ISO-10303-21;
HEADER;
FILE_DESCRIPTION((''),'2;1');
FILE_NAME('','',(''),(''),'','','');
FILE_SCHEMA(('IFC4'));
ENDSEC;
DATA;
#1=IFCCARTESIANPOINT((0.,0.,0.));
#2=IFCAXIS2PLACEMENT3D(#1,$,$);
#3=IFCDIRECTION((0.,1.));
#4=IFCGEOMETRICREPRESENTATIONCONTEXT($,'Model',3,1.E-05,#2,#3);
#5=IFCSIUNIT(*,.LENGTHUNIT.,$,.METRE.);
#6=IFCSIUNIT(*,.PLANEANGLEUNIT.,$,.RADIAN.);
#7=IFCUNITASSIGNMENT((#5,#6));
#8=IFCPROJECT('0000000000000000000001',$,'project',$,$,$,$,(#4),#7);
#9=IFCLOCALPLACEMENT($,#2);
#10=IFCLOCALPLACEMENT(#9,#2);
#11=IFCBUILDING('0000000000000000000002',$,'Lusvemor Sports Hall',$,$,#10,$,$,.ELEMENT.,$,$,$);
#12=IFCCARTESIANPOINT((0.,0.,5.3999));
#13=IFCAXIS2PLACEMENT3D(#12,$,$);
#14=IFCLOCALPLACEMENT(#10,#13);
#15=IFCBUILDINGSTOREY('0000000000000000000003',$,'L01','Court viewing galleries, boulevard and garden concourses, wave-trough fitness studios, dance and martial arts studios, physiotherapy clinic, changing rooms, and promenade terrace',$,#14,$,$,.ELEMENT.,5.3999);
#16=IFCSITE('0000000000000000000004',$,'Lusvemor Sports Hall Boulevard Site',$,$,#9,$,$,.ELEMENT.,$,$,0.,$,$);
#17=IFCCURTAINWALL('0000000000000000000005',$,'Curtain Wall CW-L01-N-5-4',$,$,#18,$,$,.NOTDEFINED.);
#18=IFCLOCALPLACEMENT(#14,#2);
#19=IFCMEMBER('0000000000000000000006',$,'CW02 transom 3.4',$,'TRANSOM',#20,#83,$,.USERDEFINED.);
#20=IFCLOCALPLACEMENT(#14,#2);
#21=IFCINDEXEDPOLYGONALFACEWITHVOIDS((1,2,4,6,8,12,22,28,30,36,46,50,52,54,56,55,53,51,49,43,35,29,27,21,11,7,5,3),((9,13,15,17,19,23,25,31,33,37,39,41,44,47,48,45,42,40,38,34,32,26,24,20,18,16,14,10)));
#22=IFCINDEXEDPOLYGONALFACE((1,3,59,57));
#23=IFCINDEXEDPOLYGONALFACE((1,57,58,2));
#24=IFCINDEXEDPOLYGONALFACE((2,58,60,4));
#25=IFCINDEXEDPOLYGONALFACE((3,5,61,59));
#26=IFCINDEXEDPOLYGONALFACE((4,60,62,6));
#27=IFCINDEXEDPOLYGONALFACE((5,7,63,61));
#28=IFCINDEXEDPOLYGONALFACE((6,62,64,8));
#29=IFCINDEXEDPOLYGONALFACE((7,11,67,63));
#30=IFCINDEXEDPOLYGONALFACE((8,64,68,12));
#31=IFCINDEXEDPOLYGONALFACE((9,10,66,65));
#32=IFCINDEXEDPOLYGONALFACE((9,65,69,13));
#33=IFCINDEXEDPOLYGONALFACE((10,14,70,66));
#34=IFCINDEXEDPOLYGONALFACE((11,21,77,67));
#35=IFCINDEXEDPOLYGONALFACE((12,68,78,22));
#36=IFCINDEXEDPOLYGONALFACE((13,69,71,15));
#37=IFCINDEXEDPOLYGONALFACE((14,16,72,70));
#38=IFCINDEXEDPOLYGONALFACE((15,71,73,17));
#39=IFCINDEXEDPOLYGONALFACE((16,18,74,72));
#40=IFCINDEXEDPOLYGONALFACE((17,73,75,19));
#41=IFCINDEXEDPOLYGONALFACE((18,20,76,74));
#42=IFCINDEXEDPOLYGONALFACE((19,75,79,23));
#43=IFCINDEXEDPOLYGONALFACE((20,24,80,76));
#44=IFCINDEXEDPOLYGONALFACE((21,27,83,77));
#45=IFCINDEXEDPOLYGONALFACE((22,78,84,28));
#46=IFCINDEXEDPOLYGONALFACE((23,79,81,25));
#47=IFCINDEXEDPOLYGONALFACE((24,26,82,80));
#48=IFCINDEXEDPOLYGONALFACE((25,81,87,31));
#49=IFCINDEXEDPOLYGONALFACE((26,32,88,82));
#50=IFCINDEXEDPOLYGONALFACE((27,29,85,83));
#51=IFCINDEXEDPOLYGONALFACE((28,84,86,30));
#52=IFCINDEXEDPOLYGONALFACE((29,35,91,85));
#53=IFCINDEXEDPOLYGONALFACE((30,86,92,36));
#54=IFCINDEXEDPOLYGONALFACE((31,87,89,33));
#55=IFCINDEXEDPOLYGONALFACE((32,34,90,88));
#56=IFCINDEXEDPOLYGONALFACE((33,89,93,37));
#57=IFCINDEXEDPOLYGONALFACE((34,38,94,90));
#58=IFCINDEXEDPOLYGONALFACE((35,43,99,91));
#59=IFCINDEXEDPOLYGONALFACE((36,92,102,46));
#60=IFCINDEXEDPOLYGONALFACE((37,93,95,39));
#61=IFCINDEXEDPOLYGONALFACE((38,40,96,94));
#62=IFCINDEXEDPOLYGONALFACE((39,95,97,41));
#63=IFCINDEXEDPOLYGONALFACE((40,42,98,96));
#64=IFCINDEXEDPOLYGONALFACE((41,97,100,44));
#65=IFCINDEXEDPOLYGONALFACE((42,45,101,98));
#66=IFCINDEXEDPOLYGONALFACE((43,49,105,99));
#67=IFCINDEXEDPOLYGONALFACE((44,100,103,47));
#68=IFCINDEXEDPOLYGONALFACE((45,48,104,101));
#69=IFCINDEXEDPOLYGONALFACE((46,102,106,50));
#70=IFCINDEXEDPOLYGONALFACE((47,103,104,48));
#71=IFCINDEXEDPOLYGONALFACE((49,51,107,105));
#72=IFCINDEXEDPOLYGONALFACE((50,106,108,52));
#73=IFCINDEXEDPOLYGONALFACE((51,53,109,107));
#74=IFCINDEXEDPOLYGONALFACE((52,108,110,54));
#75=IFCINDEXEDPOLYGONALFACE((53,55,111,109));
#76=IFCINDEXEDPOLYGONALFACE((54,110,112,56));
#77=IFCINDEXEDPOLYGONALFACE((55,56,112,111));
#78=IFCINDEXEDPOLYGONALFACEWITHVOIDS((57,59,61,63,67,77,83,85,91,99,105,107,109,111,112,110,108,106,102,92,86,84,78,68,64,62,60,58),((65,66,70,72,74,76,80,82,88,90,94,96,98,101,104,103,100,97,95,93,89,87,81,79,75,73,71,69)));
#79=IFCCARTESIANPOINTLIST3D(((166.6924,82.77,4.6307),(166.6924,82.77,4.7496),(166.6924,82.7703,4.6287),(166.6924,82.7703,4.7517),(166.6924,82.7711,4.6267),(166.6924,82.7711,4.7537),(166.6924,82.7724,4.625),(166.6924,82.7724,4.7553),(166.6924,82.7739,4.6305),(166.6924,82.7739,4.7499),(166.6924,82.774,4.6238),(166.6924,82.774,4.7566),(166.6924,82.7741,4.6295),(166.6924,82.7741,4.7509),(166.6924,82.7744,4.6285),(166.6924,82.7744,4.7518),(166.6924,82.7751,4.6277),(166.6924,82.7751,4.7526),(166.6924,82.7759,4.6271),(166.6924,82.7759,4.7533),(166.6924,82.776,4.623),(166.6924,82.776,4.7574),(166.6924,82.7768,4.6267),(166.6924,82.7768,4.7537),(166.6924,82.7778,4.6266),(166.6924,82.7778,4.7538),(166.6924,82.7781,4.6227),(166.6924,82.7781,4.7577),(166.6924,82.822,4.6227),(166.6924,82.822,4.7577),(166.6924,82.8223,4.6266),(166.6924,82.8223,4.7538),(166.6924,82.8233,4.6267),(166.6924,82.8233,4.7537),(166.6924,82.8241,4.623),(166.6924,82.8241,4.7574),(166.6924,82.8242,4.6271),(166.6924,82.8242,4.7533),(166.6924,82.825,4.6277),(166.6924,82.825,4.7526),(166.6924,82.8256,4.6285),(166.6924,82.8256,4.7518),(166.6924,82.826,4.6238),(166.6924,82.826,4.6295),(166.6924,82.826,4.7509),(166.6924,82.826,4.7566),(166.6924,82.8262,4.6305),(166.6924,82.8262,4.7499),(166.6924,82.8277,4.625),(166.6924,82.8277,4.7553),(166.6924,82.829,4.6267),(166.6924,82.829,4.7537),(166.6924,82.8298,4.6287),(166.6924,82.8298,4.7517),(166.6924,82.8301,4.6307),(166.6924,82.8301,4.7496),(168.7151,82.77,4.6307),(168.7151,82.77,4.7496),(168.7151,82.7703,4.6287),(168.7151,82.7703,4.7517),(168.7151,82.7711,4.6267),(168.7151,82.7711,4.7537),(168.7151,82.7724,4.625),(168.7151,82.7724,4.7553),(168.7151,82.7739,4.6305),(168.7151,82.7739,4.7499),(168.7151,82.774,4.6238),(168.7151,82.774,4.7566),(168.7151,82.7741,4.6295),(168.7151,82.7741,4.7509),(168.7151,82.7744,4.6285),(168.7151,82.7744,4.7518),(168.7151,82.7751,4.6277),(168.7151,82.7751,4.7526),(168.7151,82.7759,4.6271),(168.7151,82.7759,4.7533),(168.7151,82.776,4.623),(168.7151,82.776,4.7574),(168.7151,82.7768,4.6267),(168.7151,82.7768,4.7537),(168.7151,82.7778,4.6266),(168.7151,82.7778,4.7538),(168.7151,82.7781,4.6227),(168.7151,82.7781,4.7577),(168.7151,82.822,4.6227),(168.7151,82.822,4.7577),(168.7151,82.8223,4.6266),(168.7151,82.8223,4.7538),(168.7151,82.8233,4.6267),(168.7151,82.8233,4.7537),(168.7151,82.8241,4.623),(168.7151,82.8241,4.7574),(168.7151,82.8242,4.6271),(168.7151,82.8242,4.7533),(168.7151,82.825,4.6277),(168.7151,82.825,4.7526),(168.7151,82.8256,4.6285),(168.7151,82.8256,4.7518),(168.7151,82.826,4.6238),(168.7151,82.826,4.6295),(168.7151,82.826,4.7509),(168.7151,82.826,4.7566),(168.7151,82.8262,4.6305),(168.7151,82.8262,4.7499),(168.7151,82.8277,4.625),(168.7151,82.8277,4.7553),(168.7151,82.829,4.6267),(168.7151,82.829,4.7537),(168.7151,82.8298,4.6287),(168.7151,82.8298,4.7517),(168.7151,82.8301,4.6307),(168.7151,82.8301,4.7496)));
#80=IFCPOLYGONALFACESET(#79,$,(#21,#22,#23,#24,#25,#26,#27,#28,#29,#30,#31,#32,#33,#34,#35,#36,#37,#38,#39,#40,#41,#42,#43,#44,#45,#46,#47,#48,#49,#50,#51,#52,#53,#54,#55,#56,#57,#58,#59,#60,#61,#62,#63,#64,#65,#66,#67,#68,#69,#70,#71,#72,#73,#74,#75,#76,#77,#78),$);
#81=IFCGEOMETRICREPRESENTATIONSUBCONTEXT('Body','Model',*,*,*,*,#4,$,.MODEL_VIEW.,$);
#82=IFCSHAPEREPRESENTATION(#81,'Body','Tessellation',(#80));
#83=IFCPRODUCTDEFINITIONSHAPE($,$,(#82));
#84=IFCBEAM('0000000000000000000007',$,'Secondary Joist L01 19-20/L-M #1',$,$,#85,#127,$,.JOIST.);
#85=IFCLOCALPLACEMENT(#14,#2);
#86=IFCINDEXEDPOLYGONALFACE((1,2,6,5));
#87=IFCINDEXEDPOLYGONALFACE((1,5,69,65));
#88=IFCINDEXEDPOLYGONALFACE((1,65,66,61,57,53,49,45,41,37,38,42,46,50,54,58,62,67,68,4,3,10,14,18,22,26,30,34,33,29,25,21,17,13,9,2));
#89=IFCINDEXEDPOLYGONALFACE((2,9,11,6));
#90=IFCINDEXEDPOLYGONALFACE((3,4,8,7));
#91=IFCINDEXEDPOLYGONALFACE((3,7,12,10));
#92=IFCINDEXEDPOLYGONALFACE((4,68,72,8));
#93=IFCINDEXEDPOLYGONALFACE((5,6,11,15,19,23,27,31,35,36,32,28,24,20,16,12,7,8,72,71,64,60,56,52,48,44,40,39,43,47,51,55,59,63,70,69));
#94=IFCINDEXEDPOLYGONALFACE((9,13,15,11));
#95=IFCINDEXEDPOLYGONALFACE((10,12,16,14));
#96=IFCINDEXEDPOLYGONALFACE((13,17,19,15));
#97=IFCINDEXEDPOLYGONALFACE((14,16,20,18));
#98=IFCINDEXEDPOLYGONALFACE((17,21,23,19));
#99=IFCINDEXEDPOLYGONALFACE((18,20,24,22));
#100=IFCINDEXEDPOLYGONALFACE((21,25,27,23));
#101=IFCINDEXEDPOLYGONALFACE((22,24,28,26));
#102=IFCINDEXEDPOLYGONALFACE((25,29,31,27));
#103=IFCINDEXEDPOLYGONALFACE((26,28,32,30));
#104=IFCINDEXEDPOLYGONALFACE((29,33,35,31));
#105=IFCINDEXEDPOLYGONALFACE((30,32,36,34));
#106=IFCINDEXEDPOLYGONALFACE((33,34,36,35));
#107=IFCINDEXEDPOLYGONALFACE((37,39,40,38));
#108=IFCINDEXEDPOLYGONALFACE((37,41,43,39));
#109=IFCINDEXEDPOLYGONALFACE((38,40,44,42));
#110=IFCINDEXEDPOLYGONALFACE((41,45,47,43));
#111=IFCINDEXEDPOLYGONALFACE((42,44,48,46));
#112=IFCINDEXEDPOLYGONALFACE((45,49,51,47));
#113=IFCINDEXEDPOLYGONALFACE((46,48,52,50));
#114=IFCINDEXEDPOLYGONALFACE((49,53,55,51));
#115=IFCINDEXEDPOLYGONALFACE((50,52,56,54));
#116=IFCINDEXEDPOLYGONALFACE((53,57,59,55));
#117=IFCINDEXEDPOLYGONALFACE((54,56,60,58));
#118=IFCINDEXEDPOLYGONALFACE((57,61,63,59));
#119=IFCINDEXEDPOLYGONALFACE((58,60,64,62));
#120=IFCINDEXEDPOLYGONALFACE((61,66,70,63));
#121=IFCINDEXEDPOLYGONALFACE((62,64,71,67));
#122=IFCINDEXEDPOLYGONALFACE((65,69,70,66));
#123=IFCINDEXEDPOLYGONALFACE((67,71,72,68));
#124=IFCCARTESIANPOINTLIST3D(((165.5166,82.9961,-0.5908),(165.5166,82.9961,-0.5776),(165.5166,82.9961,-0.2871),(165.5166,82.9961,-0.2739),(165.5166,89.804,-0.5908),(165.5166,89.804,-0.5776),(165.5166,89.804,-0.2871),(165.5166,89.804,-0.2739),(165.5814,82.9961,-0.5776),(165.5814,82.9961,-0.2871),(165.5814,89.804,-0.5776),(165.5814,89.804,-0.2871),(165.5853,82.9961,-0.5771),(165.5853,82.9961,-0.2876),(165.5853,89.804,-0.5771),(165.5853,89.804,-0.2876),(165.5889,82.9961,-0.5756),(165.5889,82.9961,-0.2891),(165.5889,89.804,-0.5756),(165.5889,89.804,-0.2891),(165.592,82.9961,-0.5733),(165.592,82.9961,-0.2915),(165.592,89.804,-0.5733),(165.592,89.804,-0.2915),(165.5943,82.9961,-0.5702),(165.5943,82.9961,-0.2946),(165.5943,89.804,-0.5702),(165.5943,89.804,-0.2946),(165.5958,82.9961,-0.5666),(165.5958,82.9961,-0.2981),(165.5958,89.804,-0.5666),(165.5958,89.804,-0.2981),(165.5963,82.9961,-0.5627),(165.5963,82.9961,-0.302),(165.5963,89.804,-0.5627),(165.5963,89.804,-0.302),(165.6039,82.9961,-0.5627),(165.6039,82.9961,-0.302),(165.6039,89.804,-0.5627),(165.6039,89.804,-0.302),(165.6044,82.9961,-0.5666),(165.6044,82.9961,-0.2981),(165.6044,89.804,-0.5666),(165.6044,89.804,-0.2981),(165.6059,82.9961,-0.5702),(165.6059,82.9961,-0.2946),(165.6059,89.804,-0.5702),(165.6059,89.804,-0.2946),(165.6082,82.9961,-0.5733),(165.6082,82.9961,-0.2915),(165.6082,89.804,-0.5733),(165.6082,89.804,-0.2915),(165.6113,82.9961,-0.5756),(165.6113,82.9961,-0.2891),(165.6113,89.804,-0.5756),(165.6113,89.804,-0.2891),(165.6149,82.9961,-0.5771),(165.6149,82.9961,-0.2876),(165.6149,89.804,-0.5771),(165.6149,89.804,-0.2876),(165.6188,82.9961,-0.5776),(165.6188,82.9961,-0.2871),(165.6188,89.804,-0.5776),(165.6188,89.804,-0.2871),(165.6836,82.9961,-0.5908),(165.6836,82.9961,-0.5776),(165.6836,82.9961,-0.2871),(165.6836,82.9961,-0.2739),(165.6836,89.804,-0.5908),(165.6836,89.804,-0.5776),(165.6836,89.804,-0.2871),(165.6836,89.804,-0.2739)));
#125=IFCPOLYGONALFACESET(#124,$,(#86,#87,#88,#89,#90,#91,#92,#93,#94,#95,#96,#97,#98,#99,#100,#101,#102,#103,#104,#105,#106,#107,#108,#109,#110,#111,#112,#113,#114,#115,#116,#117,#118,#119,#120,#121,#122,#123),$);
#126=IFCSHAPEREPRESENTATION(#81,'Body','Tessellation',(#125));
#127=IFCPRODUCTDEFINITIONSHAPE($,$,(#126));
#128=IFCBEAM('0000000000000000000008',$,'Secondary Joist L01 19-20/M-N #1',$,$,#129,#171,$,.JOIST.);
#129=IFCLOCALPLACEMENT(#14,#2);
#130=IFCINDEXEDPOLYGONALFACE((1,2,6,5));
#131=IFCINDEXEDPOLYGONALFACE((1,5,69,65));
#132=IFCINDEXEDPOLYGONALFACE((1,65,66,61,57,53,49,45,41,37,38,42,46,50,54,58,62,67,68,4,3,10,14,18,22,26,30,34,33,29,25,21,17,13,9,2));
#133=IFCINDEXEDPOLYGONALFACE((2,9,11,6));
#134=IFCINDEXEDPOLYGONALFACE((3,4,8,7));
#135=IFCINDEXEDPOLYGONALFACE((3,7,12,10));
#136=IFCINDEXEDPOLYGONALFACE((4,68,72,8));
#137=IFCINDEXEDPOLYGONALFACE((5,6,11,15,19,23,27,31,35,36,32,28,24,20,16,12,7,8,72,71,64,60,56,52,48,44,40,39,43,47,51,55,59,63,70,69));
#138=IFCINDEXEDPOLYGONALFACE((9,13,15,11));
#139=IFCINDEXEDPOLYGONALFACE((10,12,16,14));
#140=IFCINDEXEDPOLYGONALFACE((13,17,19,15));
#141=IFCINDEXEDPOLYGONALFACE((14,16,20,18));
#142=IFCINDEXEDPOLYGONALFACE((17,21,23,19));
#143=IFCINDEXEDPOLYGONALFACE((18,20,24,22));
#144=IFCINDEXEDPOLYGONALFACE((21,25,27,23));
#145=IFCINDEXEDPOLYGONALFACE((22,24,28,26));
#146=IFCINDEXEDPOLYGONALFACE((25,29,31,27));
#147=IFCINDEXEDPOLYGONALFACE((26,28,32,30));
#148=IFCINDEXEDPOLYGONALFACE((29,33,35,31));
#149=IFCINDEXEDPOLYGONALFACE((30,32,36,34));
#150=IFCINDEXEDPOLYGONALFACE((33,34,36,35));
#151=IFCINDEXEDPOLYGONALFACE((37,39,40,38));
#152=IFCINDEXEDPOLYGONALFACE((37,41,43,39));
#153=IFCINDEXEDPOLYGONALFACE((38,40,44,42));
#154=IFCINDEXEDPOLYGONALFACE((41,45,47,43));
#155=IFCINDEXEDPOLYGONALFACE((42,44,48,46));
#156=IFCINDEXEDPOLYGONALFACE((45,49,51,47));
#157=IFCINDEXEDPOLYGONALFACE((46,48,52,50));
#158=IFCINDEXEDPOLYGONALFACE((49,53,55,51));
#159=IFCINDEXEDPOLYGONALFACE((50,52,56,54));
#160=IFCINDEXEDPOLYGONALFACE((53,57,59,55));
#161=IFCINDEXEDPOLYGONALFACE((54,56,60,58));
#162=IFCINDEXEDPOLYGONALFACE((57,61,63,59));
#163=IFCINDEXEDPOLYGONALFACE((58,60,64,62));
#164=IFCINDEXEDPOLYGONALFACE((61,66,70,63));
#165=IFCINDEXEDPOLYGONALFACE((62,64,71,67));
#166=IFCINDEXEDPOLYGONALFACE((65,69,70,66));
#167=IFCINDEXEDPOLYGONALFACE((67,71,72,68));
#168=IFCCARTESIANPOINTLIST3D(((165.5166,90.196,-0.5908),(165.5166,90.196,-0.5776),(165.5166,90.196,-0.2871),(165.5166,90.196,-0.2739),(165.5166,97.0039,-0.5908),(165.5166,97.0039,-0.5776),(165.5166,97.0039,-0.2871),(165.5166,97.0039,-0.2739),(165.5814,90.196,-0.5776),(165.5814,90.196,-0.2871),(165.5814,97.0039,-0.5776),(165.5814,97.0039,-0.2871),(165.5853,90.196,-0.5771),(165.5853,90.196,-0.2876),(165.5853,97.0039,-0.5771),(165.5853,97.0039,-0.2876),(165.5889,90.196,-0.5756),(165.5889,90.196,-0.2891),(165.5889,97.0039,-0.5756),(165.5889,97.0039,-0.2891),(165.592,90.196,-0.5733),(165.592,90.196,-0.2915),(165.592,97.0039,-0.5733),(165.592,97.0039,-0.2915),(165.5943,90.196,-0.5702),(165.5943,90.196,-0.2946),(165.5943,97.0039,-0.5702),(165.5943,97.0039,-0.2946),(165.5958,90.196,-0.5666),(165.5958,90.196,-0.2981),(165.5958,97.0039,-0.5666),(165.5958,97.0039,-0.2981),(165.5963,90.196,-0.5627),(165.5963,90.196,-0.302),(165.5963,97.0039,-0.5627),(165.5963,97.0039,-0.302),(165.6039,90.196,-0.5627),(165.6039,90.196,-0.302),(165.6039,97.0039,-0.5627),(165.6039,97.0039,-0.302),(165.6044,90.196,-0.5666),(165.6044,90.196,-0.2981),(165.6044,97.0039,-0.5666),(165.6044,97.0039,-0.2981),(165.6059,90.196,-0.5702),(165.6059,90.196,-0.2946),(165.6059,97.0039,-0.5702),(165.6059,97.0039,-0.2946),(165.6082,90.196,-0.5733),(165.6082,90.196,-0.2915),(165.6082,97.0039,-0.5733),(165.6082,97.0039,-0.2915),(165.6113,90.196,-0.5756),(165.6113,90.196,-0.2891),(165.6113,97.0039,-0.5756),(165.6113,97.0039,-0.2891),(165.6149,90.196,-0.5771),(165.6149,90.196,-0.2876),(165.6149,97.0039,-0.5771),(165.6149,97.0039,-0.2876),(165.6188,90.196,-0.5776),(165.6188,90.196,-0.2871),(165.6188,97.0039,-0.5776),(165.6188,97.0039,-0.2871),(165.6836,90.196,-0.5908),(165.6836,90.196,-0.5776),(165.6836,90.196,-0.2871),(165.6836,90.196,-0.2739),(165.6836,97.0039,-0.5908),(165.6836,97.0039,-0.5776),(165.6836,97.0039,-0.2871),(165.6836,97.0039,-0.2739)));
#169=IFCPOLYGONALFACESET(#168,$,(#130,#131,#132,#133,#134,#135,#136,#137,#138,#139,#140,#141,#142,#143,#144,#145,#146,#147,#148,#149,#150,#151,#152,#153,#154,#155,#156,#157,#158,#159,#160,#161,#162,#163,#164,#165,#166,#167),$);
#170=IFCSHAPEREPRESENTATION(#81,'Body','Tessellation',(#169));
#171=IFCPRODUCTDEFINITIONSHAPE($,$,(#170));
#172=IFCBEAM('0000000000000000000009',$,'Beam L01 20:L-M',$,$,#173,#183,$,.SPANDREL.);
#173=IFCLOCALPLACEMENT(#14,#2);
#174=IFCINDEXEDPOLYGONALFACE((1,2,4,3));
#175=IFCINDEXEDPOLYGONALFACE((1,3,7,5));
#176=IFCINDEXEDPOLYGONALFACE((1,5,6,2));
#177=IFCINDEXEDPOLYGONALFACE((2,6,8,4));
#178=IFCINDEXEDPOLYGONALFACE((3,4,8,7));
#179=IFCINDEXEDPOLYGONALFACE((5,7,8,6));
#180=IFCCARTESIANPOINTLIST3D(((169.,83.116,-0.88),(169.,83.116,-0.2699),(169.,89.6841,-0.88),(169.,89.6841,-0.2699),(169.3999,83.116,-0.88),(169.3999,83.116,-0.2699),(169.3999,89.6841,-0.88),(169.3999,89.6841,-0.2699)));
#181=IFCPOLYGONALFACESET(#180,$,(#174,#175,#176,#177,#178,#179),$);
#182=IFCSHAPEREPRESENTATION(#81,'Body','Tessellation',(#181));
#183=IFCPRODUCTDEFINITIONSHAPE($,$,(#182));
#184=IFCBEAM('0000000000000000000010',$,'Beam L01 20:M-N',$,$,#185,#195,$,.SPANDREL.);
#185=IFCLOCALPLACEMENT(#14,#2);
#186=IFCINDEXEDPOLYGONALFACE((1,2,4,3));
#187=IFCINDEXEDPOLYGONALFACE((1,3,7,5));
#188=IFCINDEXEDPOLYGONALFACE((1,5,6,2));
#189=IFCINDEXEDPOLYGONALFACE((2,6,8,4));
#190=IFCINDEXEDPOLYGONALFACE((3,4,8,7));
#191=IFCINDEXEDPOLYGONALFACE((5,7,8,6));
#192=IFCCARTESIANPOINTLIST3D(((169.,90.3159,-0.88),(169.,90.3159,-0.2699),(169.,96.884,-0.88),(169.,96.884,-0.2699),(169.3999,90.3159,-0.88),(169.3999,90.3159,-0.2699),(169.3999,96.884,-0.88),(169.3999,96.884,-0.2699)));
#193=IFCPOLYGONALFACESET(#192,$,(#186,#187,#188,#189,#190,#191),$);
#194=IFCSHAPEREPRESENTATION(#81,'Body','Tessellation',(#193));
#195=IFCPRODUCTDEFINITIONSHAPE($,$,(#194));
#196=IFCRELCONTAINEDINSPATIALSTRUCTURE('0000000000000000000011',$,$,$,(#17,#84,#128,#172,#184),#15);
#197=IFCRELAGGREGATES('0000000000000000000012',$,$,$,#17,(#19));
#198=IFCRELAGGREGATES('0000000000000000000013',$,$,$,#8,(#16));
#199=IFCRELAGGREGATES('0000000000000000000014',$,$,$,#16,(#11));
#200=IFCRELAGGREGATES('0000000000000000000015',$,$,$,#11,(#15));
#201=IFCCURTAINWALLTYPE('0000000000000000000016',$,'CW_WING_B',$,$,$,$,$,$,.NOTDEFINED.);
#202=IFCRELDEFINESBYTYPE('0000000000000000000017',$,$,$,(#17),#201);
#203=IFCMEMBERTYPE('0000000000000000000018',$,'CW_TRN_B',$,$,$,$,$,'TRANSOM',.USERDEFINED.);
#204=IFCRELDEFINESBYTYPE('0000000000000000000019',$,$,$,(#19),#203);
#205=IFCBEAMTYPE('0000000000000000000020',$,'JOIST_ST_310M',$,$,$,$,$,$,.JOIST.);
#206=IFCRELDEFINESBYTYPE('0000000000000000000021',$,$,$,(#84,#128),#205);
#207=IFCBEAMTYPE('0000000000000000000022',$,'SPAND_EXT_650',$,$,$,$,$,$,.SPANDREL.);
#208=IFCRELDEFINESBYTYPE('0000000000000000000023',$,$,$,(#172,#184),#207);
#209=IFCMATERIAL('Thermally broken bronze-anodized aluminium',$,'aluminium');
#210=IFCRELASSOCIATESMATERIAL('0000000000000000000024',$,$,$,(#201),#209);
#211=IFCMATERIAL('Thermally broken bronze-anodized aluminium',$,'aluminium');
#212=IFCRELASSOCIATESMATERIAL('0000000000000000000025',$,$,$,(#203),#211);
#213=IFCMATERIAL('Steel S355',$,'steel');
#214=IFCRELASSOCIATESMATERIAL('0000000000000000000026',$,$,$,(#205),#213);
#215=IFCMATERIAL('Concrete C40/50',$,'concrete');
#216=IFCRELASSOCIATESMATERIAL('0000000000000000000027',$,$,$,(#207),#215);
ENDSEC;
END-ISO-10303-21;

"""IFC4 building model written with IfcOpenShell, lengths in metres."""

from ifc_helpers import new_model, si_unit, direction, frame, origin, origin_2d, place, context, subcontext, project, spatial, rectangle, hollow_rectangle, i_section, extrude, material, material_profile, profile_set, type_object, element, aggregate, save


model = new_model("IFC4")

# Units and contexts
model_context = context("Model", 3, precision=1e-05, world=origin(), true_north=direction((0.0, 1.0)))
body_context = subcontext(model_context, "Body", "Model", "MODEL_VIEW")
ifc_project = project(units=[si_unit("LENGTHUNIT", "METRE"), si_unit("PLANEANGLEUNIT", "RADIAN")], contexts=[model_context])

# Site, building, storey
site_placement = place(None, origin())
site = spatial("IfcSite", under=ifc_project, at=site_placement, Name="Lusvemor Sports Hall Boulevard Site", CompositionType="ELEMENT", RefElevation=0.0)
building_placement = place(site_placement, origin())
building = spatial("IfcBuilding", under=site, at=building_placement, Name="Lusvemor Sports Hall", CompositionType="ELEMENT")
storey_placement = place(building_placement, frame((0.0, 0.0, 5.3999)))
storey = spatial("IfcBuildingStorey", under=building, at=storey_placement, Name="L01", Description="Court viewing galleries, boulevard and garden concourses, wave-trough fitness studios, dance and martial arts studios, physiotherapy clinic, changing rooms, and promenade terrace", CompositionType="ELEMENT", Elevation=5.3999)

# Curtain wall, member
ifc_material_1 = material(Name="Thermally broken bronze-anodized aluminium", Category="aluminium")
curtain_wall_type = type_object("IfcCurtainWallType", Name="CW_WING_B", PredefinedType="NOTDEFINED", material=ifc_material_1)
curtain_wall_placement = place(storey_placement, origin())
curtain_wall = element("IfcCurtainWall", 1, at=curtain_wall_placement, inside=storey, type_object=curtain_wall_type, Name="Curtain Wall CW-L01-N-5-4", PredefinedType="NOTDEFINED")
ifc_material_2 = material(Name="Thermally broken bronze-anodized aluminium", Category="aluminium")
ifc_material_profile_1 = material_profile(ifc_material_2, hollow_rectangle(XDim=0.0601, YDim=0.135, WallThickness=0.0039, InnerFilletRadius=0.0039, OuterFilletRadius=0.0081, at=origin_2d()), Name="CWTRN135x60x4")
ifc_profile_set_1 = profile_set([ifc_material_profile_1], Name="Thermally broken bronze-anodized aluminium")
member_type_1 = type_object("IfcMemberType", Name="CW_TRN_B", ElementType="TRANSOM", PredefinedType="USERDEFINED", material=ifc_profile_set_1)
member_1_placement = place(storey_placement, frame((166.6924, 82.8, 4.6902), z_axis=(1.0, 0.0, 0.0), x_axis=(0.0, 1.0, 0.0)))
member_1 = element("IfcMember", 2, at=member_1_placement, type_object=member_type_1, Name="CW02 transom 3.4", ObjectType="TRANSOM", PredefinedType="USERDEFINED", context=body_context, shape_type="SweptSolid", body=[
    extrude(hollow_rectangle(XDim=0.0601, YDim=0.135, WallThickness=0.0039, InnerFilletRadius=0.0039, OuterFilletRadius=0.0081, at=origin_2d()), origin(), (0.0, 0.0, 1.0), 2.0227),
])

# Beams
ifc_material_3 = material(Name="Steel S355", Category="steel")
ifc_material_profile_2 = material_profile(ifc_material_3, i_section(OverallWidth=0.167, OverallDepth=0.3169, WebThickness=0.0076, FlangeThickness=0.0132, FilletRadius=0.0149, at=origin_2d()), Name="W310x52.0")
ifc_profile_set_2 = profile_set([ifc_material_profile_2], Name="Steel S355")
beam_type_1 = type_object("IfcBeamType", Name="JOIST_ST_310M", PredefinedType="JOIST", material=ifc_profile_set_2)
for number, where, z_axis, x_axis, name in (
    (3, (165.6001, 82.9961, -0.4324), (0.0, 1.0, 0.0), (-1.0, 0.0, 0.0), "Secondary Joist L01 19-20/L-M #1"),
    (4, (165.6001, 90.196, -0.4324), (0.0, 1.0, 0.0), (-1.0, 0.0, 0.0), "Secondary Joist L01 19-20/M-N #1"),
):
    element("IfcBeam", number, at=place(storey_placement, frame(where, z_axis=z_axis, x_axis=x_axis)), inside=storey, type_object=beam_type_1, Name=name, PredefinedType="JOIST", context=body_context, shape_type="SweptSolid", body=[
        extrude(i_section(OverallWidth=0.167, OverallDepth=0.3169, WebThickness=0.0076, FlangeThickness=0.0132, FilletRadius=0.0149, at=origin_2d()), origin(), (0.0, 0.0, 1.0), 6.8079),
    ])
ifc_material_4 = material(Name="Concrete C40/50", Category="concrete")
ifc_material_profile_3 = material_profile(ifc_material_4, rectangle(XDim=0.3999, YDim=0.6101, at=origin_2d()), Name="RC400x610")
ifc_profile_set_3 = profile_set([ifc_material_profile_3], Name="Concrete C40/50")
beam_type_2 = type_object("IfcBeamType", Name="SPAND_EXT_650", PredefinedType="SPANDREL", material=ifc_profile_set_3)
for number, where, z_axis, x_axis, name in (
    (5, (169.2, 83.116, -0.575), (0.0, 1.0, 0.0), (-1.0, 0.0, 0.0), "Beam L01 20:L-M"),
    (6, (169.2, 90.3159, -0.575), (0.0, 1.0, 0.0), (-1.0, 0.0, 0.0), "Beam L01 20:M-N"),
):
    element("IfcBeam", number, at=place(storey_placement, frame(where, z_axis=z_axis, x_axis=x_axis)), inside=storey, type_object=beam_type_2, Name=name, PredefinedType="SPANDREL", context=body_context, shape_type="SweptSolid", body=[
        extrude(rectangle(XDim=0.3999, YDim=0.6101, at=origin_2d()), origin(), (0.0, 0.0, 1.0), 6.5681),
    ])

aggregate(curtain_wall, [member_1])

save(model, "model.ifc")
